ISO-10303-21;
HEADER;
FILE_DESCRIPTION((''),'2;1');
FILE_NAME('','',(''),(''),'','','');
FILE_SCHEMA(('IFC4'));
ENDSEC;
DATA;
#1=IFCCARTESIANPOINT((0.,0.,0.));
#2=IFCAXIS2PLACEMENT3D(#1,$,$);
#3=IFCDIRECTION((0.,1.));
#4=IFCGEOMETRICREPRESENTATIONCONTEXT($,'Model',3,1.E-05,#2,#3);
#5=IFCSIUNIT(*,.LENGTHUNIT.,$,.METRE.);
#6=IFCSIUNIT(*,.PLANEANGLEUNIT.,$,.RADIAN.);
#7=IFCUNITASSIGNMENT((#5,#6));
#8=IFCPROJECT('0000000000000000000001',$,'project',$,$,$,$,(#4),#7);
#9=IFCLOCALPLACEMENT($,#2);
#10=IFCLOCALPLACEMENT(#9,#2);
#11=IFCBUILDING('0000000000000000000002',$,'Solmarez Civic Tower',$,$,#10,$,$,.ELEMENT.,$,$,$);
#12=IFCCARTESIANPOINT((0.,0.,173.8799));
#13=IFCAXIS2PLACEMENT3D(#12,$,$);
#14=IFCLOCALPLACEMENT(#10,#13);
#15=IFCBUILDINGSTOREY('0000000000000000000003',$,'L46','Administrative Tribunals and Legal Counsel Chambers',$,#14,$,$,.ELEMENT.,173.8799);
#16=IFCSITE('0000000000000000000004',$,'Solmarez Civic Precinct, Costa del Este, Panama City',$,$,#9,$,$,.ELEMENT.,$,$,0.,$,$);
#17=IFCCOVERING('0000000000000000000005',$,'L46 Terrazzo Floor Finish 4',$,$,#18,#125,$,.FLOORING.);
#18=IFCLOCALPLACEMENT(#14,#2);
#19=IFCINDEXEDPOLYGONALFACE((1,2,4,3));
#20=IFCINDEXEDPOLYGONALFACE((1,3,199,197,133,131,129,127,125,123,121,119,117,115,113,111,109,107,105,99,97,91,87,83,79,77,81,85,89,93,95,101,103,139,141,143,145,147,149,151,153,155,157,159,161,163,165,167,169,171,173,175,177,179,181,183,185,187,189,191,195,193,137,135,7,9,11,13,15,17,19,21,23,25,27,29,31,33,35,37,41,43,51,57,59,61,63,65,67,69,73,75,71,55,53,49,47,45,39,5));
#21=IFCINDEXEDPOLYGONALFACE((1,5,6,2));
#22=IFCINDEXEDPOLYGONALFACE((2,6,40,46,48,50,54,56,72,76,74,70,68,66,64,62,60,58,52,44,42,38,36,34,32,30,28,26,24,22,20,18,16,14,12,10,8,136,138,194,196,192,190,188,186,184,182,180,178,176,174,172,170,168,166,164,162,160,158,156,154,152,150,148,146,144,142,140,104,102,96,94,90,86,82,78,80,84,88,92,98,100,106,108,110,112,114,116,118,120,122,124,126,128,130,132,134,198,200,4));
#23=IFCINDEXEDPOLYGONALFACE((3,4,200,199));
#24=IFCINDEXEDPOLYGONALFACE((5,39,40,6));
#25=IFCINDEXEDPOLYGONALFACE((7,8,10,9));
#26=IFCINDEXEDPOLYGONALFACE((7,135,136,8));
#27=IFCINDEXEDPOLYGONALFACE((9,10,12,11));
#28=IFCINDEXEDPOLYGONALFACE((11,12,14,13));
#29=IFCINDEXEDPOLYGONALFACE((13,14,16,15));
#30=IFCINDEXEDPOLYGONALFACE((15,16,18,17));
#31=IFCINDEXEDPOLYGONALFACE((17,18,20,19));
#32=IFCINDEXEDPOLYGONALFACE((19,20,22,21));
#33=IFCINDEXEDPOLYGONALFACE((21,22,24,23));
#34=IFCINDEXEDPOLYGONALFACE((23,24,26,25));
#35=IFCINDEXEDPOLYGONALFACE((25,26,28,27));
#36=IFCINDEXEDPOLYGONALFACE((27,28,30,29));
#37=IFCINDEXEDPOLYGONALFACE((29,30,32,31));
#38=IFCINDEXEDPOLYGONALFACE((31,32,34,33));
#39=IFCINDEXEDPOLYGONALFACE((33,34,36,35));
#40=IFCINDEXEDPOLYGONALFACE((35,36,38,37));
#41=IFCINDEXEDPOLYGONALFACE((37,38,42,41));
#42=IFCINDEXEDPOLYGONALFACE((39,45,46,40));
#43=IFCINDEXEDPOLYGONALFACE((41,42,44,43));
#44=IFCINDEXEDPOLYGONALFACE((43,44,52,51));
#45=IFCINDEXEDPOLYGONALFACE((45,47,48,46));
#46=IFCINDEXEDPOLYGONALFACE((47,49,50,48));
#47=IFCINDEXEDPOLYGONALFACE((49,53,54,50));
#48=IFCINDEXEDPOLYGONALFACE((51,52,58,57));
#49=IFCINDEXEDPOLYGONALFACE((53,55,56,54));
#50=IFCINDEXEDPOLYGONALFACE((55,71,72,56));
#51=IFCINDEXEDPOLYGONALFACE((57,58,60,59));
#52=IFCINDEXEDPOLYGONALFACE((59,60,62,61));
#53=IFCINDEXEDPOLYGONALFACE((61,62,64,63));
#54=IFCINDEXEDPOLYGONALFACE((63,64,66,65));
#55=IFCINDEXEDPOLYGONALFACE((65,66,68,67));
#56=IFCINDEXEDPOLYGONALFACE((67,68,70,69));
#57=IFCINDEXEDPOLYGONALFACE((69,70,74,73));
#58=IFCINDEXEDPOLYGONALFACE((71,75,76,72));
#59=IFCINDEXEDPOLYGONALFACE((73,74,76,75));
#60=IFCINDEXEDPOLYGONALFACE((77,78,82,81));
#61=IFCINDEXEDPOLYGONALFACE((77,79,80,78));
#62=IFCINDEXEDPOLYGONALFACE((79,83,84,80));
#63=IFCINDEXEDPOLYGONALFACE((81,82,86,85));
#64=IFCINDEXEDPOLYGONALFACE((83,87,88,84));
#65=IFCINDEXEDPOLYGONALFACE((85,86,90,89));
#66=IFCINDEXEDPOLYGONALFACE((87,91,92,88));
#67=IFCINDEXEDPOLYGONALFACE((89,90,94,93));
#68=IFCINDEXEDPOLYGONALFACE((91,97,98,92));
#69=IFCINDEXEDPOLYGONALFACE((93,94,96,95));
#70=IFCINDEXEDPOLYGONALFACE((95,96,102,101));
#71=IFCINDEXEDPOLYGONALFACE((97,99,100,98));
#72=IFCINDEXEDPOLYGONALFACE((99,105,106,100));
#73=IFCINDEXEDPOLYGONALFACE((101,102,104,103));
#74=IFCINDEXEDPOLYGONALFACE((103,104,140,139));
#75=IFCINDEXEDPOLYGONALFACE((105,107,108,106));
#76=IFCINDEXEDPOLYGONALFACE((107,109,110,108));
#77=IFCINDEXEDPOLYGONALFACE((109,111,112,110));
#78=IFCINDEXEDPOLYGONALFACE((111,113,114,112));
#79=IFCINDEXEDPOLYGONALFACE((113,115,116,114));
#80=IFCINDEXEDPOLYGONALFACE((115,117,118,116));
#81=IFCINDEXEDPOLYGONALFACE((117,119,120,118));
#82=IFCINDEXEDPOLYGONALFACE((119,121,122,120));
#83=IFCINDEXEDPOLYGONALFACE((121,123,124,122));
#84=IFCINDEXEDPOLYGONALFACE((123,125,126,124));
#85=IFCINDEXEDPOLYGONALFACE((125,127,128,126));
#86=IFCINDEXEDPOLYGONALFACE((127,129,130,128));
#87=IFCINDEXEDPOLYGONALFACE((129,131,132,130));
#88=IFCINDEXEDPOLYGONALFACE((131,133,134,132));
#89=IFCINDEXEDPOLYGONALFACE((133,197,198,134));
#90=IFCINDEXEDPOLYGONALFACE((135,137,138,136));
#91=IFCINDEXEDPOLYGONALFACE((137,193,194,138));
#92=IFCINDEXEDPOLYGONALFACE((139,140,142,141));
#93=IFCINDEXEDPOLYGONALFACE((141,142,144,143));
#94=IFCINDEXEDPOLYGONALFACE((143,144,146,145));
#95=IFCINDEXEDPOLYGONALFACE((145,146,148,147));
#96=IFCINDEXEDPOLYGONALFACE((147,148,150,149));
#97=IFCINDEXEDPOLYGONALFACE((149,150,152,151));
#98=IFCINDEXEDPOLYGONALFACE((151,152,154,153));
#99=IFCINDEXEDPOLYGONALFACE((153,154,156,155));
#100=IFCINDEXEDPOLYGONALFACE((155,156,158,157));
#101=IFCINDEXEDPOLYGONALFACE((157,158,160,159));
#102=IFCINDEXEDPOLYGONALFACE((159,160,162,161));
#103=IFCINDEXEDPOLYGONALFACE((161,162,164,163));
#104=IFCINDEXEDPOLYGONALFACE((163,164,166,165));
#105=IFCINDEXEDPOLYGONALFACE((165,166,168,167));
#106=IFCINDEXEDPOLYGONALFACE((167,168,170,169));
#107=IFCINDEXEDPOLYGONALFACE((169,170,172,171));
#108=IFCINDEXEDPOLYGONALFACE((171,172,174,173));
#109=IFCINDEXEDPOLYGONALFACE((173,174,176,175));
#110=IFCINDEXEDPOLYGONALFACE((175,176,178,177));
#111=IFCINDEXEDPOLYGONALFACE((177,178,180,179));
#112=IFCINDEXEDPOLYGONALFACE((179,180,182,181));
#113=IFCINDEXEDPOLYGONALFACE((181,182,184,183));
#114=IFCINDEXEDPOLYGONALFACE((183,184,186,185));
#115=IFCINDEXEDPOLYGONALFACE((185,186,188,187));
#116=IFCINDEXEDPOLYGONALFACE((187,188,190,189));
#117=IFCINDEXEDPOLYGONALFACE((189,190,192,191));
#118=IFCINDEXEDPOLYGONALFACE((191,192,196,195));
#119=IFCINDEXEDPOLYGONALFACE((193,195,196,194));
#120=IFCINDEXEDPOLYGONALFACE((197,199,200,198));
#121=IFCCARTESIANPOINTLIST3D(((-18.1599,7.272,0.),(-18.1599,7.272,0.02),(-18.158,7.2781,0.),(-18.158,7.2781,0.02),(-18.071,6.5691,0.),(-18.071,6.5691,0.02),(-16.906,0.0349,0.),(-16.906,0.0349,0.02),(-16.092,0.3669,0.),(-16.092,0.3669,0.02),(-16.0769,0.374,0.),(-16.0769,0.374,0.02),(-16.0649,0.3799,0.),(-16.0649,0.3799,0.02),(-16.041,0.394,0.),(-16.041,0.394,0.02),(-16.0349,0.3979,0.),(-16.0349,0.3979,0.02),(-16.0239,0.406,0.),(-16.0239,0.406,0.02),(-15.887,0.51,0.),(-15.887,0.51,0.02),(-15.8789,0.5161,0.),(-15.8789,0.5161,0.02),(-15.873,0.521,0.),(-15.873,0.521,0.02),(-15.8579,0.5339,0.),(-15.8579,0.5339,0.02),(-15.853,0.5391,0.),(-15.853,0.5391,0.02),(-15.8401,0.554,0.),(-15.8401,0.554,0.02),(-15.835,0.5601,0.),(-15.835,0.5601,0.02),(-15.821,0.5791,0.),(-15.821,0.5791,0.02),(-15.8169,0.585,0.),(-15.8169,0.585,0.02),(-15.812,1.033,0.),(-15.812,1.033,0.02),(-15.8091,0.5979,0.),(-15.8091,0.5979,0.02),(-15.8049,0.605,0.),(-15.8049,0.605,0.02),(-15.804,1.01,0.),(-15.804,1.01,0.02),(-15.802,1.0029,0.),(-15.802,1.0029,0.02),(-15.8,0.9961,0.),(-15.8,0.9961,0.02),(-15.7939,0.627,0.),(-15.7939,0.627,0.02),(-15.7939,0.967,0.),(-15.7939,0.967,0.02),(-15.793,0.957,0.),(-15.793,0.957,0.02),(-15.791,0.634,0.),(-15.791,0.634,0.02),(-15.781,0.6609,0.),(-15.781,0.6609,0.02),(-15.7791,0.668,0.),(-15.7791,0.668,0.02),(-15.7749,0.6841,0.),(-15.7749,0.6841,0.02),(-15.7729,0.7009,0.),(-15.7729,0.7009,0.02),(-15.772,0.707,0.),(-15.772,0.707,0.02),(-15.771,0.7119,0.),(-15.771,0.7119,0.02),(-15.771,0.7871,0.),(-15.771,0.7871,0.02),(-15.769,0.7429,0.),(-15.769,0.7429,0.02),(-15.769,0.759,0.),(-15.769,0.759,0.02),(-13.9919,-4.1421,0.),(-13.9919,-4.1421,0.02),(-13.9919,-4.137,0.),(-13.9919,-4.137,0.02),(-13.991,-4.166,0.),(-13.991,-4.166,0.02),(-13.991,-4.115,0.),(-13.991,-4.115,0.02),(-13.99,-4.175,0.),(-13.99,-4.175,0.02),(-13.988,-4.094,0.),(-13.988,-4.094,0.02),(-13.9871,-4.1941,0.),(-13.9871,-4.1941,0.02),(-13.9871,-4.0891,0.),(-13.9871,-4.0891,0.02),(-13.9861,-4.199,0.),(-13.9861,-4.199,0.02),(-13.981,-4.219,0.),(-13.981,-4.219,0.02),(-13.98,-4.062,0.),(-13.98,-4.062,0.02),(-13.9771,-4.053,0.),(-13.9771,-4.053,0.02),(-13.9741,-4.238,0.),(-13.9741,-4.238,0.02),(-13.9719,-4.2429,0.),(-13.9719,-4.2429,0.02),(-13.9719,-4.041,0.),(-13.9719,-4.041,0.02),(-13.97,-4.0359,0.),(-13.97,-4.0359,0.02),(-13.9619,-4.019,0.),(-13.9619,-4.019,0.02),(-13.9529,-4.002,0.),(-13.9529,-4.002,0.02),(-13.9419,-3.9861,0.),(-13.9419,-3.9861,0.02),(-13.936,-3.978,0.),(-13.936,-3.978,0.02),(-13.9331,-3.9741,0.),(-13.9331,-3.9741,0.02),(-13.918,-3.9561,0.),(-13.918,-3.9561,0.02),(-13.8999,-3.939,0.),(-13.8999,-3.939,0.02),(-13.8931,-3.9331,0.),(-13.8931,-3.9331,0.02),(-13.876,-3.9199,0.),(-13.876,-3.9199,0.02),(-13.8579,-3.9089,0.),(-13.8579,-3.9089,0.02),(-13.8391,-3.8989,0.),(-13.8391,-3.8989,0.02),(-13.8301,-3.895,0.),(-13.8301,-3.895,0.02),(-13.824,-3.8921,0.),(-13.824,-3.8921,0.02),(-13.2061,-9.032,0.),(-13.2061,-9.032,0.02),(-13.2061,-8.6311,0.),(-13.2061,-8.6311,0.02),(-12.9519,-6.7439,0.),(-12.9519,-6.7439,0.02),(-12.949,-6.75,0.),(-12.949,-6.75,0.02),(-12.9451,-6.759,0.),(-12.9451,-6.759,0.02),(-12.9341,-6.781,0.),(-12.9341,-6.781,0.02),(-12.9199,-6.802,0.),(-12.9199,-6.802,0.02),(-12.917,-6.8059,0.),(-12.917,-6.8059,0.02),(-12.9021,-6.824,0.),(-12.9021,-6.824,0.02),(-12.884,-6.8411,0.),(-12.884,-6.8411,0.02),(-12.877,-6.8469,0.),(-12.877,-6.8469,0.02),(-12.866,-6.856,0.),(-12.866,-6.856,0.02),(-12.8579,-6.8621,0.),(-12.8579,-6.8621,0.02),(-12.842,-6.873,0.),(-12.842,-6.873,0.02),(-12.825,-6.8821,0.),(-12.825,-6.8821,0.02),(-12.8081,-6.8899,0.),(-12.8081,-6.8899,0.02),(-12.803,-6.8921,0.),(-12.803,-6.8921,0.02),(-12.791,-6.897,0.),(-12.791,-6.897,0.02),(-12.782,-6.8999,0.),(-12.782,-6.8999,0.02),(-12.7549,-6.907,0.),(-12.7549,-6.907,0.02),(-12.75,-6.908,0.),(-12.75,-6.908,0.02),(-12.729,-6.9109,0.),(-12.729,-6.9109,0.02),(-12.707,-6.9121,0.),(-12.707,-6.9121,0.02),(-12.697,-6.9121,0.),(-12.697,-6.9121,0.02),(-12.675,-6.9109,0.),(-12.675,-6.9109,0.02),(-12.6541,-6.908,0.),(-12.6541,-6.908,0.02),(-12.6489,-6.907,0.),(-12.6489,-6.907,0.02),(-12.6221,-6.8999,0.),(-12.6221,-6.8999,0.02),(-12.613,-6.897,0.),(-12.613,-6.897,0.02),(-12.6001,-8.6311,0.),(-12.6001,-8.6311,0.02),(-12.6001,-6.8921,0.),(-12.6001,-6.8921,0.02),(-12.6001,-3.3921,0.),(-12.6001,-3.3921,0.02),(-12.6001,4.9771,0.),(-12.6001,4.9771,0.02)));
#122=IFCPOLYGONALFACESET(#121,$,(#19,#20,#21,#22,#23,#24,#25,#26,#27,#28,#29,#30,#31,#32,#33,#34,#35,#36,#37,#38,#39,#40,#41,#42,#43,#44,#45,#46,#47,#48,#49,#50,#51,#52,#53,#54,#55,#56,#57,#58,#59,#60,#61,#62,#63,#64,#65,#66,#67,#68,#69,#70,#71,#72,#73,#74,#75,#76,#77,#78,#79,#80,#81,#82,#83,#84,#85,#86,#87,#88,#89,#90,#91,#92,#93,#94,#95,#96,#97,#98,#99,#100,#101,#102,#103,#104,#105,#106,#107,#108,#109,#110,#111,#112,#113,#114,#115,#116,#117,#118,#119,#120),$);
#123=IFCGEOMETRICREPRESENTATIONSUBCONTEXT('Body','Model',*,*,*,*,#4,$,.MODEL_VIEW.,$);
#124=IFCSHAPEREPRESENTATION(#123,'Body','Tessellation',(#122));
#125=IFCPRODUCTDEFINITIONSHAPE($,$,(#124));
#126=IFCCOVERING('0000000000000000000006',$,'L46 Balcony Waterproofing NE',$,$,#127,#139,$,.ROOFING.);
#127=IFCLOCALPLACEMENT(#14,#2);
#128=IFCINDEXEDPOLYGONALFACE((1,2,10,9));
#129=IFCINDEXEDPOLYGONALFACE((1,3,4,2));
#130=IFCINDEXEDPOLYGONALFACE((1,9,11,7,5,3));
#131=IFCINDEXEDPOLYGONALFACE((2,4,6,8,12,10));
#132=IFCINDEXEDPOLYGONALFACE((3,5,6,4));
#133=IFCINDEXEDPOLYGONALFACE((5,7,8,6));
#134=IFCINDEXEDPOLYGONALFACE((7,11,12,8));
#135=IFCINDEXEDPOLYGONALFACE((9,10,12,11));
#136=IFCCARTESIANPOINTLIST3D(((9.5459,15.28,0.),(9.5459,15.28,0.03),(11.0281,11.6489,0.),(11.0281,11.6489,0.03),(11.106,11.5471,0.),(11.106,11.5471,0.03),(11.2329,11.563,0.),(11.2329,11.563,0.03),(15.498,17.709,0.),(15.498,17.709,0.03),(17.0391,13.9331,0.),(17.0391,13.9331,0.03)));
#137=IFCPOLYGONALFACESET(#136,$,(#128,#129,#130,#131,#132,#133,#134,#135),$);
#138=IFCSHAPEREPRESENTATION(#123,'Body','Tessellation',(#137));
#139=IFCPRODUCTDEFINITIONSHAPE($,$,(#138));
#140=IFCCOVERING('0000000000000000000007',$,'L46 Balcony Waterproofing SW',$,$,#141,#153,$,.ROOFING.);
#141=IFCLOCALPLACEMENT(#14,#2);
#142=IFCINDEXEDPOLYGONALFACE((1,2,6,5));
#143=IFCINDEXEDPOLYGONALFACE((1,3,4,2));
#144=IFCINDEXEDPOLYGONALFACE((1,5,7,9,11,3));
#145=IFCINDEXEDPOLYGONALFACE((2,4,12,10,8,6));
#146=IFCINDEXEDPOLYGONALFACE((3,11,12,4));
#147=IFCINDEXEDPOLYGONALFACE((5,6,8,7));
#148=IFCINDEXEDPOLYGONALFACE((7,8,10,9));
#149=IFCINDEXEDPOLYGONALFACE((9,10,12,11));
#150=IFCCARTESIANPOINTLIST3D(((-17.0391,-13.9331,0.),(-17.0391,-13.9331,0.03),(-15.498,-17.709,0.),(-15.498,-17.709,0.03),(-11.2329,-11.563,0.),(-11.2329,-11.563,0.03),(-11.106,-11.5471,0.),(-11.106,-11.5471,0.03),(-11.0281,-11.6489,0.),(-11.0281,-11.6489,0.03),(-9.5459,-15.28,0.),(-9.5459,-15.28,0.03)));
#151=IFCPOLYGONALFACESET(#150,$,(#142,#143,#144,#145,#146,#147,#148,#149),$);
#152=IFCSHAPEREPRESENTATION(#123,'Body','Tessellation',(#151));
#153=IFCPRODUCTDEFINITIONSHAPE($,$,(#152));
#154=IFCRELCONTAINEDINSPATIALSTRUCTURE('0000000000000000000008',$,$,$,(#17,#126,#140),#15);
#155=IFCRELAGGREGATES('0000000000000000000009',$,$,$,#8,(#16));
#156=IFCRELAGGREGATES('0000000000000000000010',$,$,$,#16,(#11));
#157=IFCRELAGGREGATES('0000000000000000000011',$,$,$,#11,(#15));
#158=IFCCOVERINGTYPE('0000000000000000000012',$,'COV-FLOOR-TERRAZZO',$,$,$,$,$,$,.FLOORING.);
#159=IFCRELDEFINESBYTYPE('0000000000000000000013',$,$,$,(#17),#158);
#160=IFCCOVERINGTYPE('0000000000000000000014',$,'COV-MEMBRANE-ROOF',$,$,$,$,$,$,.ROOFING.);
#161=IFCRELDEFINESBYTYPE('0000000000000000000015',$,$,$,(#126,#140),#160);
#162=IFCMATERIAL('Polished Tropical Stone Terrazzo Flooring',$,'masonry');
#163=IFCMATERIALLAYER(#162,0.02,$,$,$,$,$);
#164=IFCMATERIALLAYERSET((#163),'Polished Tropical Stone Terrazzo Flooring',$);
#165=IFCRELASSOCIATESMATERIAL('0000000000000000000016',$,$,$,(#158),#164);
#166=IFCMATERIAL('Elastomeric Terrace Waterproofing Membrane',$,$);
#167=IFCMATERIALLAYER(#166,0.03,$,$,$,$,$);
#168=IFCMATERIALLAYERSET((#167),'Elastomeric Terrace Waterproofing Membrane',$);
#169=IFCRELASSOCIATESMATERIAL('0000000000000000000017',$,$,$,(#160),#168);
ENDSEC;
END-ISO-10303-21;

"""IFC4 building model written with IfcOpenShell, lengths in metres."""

from ifc_helpers import new_model, si_unit, direction, frame, origin, place, context, subcontext, project, spatial, polyline, outline, extrude, material, layer, layer_set, type_object, element, save


model = new_model("IFC4")

# Units and contexts
model_context = context("Model", 3, precision=1e-05, world=origin(), true_north=direction((0.0, 1.0)))
body_context = subcontext(model_context, "Body", "Model", "MODEL_VIEW")
ifc_project = project(units=[si_unit("LENGTHUNIT", "METRE"), si_unit("PLANEANGLEUNIT", "RADIAN")], contexts=[model_context])

# Site, building, storey
site_placement = place(None, origin())
site = spatial("IfcSite", under=ifc_project, at=site_placement, Name="Solmarez Civic Precinct, Costa del Este, Panama City", CompositionType="ELEMENT", RefElevation=0.0)
building_placement = place(site_placement, origin())
building = spatial("IfcBuilding", under=site, at=building_placement, Name="Solmarez Civic Tower", CompositionType="ELEMENT")
storey_placement = place(building_placement, frame((0.0, 0.0, 173.8799)))
storey = spatial("IfcBuildingStorey", under=building, at=storey_placement, Name="L46", Description="Administrative Tribunals and Legal Counsel Chambers", CompositionType="ELEMENT", Elevation=173.8799)

# Coverings
ifc_material_1 = material(Name="Polished Tropical Stone Terrazzo Flooring", Category="masonry")
ifc_layer_1 = layer(ifc_material_1, 0.02)
ifc_layer_set_1 = layer_set([ifc_layer_1], Name="Polished Tropical Stone Terrazzo Flooring")
covering_type_1 = type_object("IfcCoveringType", Name="COV-FLOOR-TERRAZZO", PredefinedType="FLOORING", material=ifc_layer_set_1)
covering_1_placement = place(storey_placement, origin())
element("IfcCovering", 1, at=covering_1_placement, inside=storey, type_object=covering_type_1, Name="L46 Terrazzo Floor Finish 4", PredefinedType="FLOORING", context=body_context, shape_type="SweptSolid", body=[
    extrude(outline(polyline([(-13.2061, -9.032), (-13.2061, -8.6311), (-12.6001, -8.6311), (-12.6001, -6.8921), (-12.613, -6.897), (-12.6221, -6.8999), (-12.6489, -6.907), (-12.6541, -6.908), (-12.675, -6.9109), (-12.697, -6.9121), (-12.707, -6.9121), (-12.729, -6.9109), (-12.75, -6.908), (-12.7549, -6.907), (-12.782, -6.8999), (-12.791, -6.897), (-12.803, -6.8921), (-12.8081, -6.8899), (-12.825, -6.8821), (-12.842, -6.873), (-12.8579, -6.8621), (-12.866, -6.856), (-12.877, -6.8469), (-12.884, -6.8411), (-12.9021, -6.824), (-12.917, -6.8059), (-12.9199, -6.802), (-12.9341, -6.781), (-12.9451, -6.759), (-12.949, -6.75), (-12.9519, -6.7439), (-13.9719, -4.2429), (-13.9741, -4.238), (-13.981, -4.219), (-13.9861, -4.199), (-13.9871, -4.1941), (-13.99, -4.175), (-13.991, -4.166), (-13.9919, -4.1421), (-13.9919, -4.137), (-13.991, -4.115), (-13.988, -4.094), (-13.9871, -4.0891), (-13.98, -4.062), (-13.9771, -4.053), (-13.9719, -4.041), (-13.97, -4.0359), (-13.9619, -4.019), (-13.9529, -4.002), (-13.9419, -3.9861), (-13.936, -3.978), (-13.9331, -3.9741), (-13.918, -3.9561), (-13.8999, -3.939), (-13.8931, -3.9331), (-13.876, -3.9199), (-13.8579, -3.9089), (-13.8391, -3.8989), (-13.8301, -3.895), (-13.824, -3.8921), (-12.6001, -3.3921), (-12.6001, 4.9771), (-18.158, 7.2781), (-18.1599, 7.272), (-18.071, 6.5691), (-15.812, 1.033), (-15.804, 1.01), (-15.802, 1.0029), (-15.8, 0.9961), (-15.7939, 0.967), (-15.793, 0.957), (-15.771, 0.7871), (-15.769, 0.759), (-15.769, 0.7429), (-15.771, 0.7119), (-15.772, 0.707), (-15.7729, 0.7009), (-15.7749, 0.6841), (-15.7791, 0.668), (-15.781, 0.6609), (-15.791, 0.634), (-15.7939, 0.627), (-15.8049, 0.605), (-15.8091, 0.5979), (-15.8169, 0.585), (-15.821, 0.5791), (-15.835, 0.5601), (-15.8401, 0.554), (-15.853, 0.5391), (-15.8579, 0.5339), (-15.873, 0.521), (-15.8789, 0.5161), (-15.887, 0.51), (-16.0239, 0.406), (-16.0349, 0.3979), (-16.041, 0.394), (-16.0649, 0.3799), (-16.0769, 0.374), (-16.092, 0.3669), (-16.906, 0.0349), (-13.2061, -9.032)])), origin(), (0.0, 0.0, 1.0), 0.02),
])
ifc_material_2 = material(Name="Elastomeric Terrace Waterproofing Membrane")
ifc_layer_2 = layer(ifc_material_2, 0.03)
ifc_layer_set_2 = layer_set([ifc_layer_2], Name="Elastomeric Terrace Waterproofing Membrane")
covering_type_2 = type_object("IfcCoveringType", Name="COV-MEMBRANE-ROOF", PredefinedType="ROOFING", material=ifc_layer_set_2)
covering_2_placement = place(storey_placement, origin())
element("IfcCovering", 2, at=covering_2_placement, inside=storey, type_object=covering_type_2, Name="L46 Balcony Waterproofing NE", PredefinedType="ROOFING", context=body_context, shape_type="SweptSolid", body=[
    extrude(outline(polyline([(11.0281, 11.6489), (11.106, 11.5471), (11.2329, 11.563), (17.0391, 13.9331), (15.498, 17.709), (9.5459, 15.28), (11.0281, 11.6489)])), origin(), (0.0, 0.0, 1.0), 0.03),
])
covering_3_placement = place(storey_placement, origin())
element("IfcCovering", 3, at=covering_3_placement, inside=storey, type_object=covering_type_2, Name="L46 Balcony Waterproofing SW", PredefinedType="ROOFING", context=body_context, shape_type="SweptSolid", body=[
    extrude(outline(polyline([(-11.0281, -11.6489), (-11.106, -11.5471), (-11.2329, -11.563), (-17.0391, -13.9331), (-15.498, -17.709), (-9.5459, -15.28), (-11.0281, -11.6489)])), origin(), (0.0, 0.0, 1.0), 0.03),
])

save(model, "model.ifc")
